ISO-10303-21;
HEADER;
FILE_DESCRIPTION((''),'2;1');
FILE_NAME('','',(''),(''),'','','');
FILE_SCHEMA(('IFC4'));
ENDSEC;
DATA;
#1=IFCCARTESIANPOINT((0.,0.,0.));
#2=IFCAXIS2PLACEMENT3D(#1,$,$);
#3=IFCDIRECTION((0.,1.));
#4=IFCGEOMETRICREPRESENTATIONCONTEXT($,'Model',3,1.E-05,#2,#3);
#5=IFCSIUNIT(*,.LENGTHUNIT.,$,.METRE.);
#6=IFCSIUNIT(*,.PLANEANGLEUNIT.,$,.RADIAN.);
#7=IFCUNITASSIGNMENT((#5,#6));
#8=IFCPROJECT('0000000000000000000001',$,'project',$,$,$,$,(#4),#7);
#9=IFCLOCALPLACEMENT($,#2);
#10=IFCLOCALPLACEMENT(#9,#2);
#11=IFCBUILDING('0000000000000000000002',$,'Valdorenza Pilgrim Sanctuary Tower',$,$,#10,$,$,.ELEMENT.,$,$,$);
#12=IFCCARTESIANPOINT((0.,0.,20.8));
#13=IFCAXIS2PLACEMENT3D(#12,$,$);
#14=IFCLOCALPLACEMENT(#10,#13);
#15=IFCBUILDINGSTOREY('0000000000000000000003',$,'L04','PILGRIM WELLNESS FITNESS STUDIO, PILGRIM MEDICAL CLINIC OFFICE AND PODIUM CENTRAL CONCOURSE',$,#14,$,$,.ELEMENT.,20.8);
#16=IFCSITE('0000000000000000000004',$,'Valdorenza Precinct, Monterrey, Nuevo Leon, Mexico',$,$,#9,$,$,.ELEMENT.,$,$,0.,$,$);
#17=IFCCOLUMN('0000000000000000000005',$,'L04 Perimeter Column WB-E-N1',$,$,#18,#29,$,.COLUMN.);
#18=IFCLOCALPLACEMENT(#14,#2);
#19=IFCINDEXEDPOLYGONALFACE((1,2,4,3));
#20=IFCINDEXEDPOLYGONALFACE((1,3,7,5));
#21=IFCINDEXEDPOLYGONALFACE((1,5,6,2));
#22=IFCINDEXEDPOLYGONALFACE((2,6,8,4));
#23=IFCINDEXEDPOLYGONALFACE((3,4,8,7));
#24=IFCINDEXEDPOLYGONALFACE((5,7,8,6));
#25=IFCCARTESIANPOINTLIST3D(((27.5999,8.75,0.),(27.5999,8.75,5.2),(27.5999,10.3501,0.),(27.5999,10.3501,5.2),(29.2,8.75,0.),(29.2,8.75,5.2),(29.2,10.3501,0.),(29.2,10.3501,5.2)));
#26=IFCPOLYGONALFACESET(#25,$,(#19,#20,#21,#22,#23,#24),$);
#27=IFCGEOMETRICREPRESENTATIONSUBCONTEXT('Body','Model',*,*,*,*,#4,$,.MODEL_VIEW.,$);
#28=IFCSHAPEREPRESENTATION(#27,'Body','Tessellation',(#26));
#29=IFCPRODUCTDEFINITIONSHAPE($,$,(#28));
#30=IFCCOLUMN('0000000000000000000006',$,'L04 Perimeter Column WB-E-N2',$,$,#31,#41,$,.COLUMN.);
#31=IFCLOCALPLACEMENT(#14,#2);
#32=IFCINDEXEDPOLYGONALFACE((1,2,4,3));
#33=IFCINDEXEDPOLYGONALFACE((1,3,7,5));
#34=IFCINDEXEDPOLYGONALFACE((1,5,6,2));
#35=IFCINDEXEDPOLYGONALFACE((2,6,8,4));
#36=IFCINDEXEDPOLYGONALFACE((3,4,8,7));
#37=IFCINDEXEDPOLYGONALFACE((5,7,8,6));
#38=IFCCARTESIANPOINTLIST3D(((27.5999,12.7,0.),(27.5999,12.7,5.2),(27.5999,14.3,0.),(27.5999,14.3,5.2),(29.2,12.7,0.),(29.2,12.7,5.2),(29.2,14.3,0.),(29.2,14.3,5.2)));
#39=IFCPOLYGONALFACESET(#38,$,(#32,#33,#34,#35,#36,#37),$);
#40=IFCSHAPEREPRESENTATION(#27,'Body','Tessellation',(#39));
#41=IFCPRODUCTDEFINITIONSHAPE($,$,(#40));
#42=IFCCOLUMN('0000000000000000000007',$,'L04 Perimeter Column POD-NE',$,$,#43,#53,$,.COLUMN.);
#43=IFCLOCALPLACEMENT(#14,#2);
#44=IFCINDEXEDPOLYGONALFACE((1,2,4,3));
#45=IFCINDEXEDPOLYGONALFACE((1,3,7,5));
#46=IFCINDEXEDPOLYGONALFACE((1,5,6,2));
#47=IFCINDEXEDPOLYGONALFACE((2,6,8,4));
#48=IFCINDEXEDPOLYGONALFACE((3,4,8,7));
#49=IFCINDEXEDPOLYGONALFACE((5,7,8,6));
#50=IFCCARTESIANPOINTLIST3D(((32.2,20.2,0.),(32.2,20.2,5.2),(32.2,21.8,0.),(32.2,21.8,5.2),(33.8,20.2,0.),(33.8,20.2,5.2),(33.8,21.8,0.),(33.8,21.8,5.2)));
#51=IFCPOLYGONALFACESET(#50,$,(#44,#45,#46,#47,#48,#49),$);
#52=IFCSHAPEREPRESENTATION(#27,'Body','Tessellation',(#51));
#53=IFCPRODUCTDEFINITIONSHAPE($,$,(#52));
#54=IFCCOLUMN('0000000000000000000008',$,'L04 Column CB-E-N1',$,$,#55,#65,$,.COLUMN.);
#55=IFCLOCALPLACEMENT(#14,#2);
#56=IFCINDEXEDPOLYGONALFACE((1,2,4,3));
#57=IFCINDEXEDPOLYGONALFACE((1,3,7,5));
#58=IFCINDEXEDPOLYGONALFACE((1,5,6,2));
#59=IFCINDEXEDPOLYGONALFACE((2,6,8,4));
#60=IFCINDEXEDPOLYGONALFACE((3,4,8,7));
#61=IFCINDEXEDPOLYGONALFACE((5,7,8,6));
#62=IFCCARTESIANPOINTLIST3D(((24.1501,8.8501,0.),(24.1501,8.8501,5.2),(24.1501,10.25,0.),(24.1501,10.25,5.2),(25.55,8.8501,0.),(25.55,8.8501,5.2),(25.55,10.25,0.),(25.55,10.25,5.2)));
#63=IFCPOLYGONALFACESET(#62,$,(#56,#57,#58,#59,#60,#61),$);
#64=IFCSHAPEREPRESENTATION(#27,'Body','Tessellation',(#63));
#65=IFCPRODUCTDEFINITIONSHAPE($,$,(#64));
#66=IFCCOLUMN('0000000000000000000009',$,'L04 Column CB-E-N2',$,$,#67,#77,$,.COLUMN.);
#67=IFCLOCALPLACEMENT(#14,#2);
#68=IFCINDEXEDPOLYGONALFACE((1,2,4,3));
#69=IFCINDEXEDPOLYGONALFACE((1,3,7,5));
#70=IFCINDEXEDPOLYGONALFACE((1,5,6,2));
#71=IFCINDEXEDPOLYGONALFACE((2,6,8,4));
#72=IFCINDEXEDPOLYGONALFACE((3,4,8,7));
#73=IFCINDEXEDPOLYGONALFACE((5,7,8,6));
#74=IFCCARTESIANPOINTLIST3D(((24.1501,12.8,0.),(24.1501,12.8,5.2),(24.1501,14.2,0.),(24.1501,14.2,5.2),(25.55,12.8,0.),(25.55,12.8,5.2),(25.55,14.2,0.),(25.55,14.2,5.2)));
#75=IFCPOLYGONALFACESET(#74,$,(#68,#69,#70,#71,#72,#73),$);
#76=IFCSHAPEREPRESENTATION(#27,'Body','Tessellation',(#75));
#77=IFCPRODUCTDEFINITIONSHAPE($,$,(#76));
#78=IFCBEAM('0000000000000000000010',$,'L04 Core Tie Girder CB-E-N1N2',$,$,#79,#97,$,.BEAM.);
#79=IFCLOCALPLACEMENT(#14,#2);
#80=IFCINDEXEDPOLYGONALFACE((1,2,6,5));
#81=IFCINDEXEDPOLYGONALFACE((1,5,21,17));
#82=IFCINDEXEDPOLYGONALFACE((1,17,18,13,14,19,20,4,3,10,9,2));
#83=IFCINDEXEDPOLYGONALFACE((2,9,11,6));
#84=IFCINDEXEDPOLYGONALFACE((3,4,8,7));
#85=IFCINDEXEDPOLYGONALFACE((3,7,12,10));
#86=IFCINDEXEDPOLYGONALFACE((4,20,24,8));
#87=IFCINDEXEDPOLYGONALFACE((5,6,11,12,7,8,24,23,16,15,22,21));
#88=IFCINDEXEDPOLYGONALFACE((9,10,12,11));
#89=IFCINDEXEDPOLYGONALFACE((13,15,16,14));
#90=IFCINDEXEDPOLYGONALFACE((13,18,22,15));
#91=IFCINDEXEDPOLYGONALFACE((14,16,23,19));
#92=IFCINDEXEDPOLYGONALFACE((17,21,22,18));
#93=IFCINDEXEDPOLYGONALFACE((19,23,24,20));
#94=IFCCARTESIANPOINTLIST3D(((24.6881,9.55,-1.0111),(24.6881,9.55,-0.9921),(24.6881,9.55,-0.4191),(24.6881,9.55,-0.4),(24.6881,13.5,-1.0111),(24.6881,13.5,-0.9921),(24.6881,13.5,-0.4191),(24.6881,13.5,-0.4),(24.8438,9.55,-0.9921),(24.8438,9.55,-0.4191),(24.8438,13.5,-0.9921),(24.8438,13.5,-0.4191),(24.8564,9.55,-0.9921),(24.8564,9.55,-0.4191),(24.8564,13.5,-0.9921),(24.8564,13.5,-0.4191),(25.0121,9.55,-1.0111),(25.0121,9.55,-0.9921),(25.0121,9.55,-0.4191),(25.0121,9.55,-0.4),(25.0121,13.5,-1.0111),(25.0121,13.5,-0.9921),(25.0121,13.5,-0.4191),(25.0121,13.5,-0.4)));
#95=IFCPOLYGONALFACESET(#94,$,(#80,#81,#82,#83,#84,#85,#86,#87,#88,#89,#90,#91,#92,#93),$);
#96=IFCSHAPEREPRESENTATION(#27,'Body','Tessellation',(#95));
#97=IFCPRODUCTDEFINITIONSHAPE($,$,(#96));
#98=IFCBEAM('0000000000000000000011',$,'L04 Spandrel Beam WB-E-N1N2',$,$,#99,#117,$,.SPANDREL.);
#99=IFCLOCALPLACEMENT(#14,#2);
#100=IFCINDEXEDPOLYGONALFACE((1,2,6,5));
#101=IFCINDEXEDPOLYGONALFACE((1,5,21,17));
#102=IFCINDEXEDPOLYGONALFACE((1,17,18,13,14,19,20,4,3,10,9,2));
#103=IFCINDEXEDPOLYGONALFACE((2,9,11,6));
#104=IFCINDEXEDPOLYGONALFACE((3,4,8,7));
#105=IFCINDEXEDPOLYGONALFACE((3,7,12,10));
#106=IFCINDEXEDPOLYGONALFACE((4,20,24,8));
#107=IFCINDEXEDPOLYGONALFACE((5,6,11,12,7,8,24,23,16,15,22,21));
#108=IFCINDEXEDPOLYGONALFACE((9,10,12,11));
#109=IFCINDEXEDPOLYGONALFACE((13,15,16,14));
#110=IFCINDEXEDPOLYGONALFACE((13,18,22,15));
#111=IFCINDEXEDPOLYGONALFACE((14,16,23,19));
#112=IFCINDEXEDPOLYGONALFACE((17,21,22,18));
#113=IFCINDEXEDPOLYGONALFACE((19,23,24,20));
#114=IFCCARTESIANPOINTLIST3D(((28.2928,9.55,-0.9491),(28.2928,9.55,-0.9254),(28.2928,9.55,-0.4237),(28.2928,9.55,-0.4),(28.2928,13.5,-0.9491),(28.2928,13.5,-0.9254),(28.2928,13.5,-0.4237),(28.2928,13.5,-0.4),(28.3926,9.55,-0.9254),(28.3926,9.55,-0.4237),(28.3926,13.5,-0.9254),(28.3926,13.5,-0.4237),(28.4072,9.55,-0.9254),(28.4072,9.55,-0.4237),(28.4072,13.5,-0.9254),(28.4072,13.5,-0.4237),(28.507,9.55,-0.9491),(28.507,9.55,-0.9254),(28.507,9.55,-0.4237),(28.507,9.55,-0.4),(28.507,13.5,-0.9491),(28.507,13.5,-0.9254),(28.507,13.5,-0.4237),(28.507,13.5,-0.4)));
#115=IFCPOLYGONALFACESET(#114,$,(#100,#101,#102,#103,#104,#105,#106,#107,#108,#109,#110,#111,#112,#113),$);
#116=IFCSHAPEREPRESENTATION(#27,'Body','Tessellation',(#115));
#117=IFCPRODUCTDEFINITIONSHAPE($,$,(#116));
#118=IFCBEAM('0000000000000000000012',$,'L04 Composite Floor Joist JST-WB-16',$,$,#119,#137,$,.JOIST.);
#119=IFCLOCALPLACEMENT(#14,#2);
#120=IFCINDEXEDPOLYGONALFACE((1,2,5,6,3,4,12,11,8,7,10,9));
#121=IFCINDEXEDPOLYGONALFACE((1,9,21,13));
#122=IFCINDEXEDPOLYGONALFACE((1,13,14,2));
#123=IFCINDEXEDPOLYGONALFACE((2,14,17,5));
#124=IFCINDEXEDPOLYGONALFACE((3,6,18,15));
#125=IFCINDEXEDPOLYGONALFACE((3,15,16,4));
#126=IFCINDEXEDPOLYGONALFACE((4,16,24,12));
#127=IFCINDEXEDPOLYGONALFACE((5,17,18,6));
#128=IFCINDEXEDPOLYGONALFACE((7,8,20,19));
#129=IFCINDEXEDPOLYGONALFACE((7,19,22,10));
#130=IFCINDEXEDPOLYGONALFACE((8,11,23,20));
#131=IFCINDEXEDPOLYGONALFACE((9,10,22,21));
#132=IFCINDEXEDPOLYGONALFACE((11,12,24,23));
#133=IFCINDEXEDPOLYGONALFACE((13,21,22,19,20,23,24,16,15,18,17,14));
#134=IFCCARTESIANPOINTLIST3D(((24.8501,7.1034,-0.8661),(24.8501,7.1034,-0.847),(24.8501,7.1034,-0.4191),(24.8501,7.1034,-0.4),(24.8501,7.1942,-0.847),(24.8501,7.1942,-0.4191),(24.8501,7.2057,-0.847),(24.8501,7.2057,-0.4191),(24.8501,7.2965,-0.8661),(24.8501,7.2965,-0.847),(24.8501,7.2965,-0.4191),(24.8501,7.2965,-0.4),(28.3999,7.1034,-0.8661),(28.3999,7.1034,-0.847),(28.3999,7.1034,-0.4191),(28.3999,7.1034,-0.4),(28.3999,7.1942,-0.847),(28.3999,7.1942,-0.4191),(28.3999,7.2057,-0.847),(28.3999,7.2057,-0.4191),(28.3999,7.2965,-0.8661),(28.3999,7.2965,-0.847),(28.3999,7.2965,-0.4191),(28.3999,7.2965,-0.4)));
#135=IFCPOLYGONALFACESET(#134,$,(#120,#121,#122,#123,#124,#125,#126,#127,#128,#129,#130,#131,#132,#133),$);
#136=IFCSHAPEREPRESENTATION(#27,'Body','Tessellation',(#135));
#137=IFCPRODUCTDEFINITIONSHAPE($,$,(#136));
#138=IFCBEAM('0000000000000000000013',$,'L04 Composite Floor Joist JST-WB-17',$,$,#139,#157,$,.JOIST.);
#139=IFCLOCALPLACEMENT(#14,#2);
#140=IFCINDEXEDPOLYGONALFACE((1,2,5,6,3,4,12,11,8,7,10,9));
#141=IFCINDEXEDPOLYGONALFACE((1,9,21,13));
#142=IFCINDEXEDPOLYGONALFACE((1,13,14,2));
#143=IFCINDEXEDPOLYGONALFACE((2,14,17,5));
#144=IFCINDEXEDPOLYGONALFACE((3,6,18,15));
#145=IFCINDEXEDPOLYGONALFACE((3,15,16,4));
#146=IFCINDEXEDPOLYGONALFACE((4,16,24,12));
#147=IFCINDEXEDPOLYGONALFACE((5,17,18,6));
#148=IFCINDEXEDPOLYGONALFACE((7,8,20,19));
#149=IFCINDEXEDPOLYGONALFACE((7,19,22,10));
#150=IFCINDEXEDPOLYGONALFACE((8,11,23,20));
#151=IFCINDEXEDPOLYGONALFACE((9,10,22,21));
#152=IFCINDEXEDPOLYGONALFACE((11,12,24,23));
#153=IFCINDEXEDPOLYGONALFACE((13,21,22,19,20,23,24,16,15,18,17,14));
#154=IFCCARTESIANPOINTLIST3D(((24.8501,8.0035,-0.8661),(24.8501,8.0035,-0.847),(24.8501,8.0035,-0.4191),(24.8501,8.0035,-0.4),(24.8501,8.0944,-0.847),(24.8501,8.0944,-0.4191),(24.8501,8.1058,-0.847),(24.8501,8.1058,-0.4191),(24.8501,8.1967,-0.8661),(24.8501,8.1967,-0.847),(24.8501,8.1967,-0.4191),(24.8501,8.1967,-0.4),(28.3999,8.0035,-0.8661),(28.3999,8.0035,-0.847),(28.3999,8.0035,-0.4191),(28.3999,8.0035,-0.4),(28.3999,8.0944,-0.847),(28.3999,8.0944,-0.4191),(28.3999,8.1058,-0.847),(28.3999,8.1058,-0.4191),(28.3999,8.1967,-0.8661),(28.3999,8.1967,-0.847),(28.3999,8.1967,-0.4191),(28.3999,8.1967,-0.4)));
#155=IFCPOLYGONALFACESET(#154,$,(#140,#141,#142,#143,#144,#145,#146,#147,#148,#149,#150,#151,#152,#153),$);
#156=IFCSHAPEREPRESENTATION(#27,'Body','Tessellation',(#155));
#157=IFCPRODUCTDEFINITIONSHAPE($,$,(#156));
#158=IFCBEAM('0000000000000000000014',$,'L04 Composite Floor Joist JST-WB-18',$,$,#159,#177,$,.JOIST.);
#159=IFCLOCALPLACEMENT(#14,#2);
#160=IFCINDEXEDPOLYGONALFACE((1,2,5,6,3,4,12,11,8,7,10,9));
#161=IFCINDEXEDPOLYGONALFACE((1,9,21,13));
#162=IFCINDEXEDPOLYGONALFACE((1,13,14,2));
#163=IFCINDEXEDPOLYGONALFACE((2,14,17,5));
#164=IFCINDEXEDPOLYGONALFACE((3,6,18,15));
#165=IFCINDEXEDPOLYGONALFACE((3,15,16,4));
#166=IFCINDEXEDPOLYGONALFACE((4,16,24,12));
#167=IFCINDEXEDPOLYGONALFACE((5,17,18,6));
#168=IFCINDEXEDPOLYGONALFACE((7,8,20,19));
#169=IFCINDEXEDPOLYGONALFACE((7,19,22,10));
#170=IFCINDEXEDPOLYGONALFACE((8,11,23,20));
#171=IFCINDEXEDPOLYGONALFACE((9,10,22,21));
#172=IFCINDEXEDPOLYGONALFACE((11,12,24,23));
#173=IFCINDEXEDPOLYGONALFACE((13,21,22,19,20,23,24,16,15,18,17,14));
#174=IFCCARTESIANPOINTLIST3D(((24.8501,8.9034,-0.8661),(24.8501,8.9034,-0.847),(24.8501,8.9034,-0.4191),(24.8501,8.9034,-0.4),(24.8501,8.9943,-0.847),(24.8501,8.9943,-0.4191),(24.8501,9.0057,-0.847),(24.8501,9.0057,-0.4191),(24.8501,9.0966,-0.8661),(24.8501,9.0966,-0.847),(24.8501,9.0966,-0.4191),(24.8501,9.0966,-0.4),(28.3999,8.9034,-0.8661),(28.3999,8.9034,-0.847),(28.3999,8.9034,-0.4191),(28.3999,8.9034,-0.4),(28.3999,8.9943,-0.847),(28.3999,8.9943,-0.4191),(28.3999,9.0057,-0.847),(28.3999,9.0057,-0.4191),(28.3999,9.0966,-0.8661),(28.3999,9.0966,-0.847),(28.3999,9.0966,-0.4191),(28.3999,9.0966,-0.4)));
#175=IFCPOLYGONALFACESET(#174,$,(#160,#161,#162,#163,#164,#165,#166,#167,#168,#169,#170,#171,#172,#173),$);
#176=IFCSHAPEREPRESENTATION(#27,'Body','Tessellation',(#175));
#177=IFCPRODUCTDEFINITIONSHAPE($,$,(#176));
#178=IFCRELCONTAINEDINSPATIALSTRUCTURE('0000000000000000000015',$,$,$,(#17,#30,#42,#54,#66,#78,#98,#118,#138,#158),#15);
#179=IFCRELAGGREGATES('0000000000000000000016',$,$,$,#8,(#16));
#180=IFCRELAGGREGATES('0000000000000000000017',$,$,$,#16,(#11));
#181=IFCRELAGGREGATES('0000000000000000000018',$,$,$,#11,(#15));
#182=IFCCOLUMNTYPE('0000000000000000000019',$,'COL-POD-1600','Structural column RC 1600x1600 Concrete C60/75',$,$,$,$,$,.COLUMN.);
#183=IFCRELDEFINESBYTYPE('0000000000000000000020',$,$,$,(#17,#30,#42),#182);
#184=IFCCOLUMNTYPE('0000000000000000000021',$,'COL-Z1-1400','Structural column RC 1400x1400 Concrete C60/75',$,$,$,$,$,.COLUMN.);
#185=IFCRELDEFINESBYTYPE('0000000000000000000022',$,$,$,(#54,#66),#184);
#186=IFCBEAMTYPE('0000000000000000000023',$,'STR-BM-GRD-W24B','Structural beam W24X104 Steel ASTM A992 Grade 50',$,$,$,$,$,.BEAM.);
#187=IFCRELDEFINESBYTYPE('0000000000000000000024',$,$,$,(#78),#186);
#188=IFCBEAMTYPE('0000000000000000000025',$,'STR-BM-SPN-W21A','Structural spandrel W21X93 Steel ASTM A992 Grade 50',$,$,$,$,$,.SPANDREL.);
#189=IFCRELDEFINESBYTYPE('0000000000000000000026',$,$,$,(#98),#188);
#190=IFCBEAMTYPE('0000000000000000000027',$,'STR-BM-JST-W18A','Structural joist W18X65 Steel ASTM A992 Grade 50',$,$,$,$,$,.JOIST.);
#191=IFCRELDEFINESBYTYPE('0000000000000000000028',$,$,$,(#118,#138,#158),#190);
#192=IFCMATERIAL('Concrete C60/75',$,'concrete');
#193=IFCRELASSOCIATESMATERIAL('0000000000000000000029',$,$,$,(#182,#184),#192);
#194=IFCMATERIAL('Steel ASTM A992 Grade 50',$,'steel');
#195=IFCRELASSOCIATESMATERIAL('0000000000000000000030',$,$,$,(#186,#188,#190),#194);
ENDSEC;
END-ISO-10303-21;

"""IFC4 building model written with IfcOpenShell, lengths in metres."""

from ifc_helpers import new_model, si_unit, direction, frame, origin, origin_2d, place, context, subcontext, project, spatial, rectangle, i_section, extrude, source, transform, mapped, material, material_profile, profile_set, type_object, element, save


model = new_model("IFC4")

# Units and contexts
model_context = context("Model", 3, precision=1e-05, world=origin(), true_north=direction((0.0, 1.0)))
body_context = subcontext(model_context, "Body", "Model", "MODEL_VIEW")
ifc_project = project(units=[si_unit("LENGTHUNIT", "METRE"), si_unit("PLANEANGLEUNIT", "RADIAN")], contexts=[model_context])

# Site, building, storey
site_placement = place(None, origin())
site = spatial("IfcSite", under=ifc_project, at=site_placement, Name="Valdorenza Precinct, Monterrey, Nuevo Leon, Mexico", CompositionType="ELEMENT", RefElevation=0.0)
building_placement = place(site_placement, origin())
building = spatial("IfcBuilding", under=site, at=building_placement, Name="Valdorenza Pilgrim Sanctuary Tower", CompositionType="ELEMENT")
storey_placement = place(building_placement, frame((0.0, 0.0, 20.8)))
storey = spatial("IfcBuildingStorey", under=building, at=storey_placement, Name="L04", Description="PILGRIM WELLNESS FITNESS STUDIO, PILGRIM MEDICAL CLINIC OFFICE AND PODIUM CENTRAL CONCOURSE", CompositionType="ELEMENT", Elevation=20.8)

# Columns
ifc_material_1 = material(Name="Concrete C60/75", Category="concrete")
ifc_material_profile_1 = material_profile(ifc_material_1, rectangle(XDim=1.6001, YDim=1.6001, at=origin_2d()), Name="RC 1600x1600")
ifc_profile_set_1 = profile_set([ifc_material_profile_1], Name="Concrete C60/75")
column_type_1 = type_object("IfcColumnType", Name="COL-POD-1600", Description="Structural column RC 1600x1600 Concrete C60/75", PredefinedType="COLUMN", material=ifc_profile_set_1)
shared_shape_1 = source(origin(), body_context, "Body", "SweptSolid", [
    extrude(rectangle(XDim=1.6001, YDim=1.6001, at=origin_2d()), origin(), (0.0, 0.0, 1.0), 5.2),
])
for number, where, z_axis, x_axis, name in (
    (1, (28.3999, 9.55, 0.0), (0.0, 0.0, 1.0), (1.0, 0.0, 0.0), "L04 Perimeter Column WB-E-N1"),
    (2, (28.3999, 13.5, 0.0), (0.0, 0.0, 1.0), (1.0, 0.0, 0.0), "L04 Perimeter Column WB-E-N2"),
    (3, (33.0, 21.0, 0.0), (0.0, 0.0, 1.0), (1.0, 0.0, 0.0), "L04 Perimeter Column POD-NE"),
):
    element("IfcColumn", number, at=place(storey_placement, frame(where, z_axis=z_axis, x_axis=x_axis)), inside=storey, type_object=column_type_1, Name=name, PredefinedType="COLUMN", context=body_context, shape_type="MappedRepresentation", body=[
        mapped(shared_shape_1, transform((0.0, 0.0, 0.0), x_axis=(1.0, 0.0, 0.0), y_axis=(0.0, 1.0, 0.0), z_axis=(0.0, 0.0, 1.0), scale=1.0)),
    ])
ifc_material_profile_2 = material_profile(ifc_material_1, rectangle(XDim=1.3999, YDim=1.3999, at=origin_2d()), Name="RC 1400x1400")
ifc_profile_set_2 = profile_set([ifc_material_profile_2], Name="Concrete C60/75")
column_type_2 = type_object("IfcColumnType", Name="COL-Z1-1400", Description="Structural column RC 1400x1400 Concrete C60/75", PredefinedType="COLUMN", material=ifc_profile_set_2)
shared_shape_2 = source(origin(), body_context, "Body", "SweptSolid", [
    extrude(rectangle(XDim=1.3999, YDim=1.3999, at=origin_2d()), origin(), (0.0, 0.0, 1.0), 5.2),
])
for number, where, z_axis, x_axis, name in (
    (4, (24.8501, 9.55, 0.0), (0.0, 0.0, 1.0), (1.0, 0.0, 0.0), "L04 Column CB-E-N1"),
    (5, (24.8501, 13.5, 0.0), (0.0, 0.0, 1.0), (1.0, 0.0, 0.0), "L04 Column CB-E-N2"),
):
    element("IfcColumn", number, at=place(storey_placement, frame(where, z_axis=z_axis, x_axis=x_axis)), inside=storey, type_object=column_type_2, Name=name, PredefinedType="COLUMN", context=body_context, shape_type="MappedRepresentation", body=[
        mapped(shared_shape_2, transform((0.0, 0.0, 0.0), x_axis=(1.0, 0.0, 0.0), y_axis=(0.0, 1.0, 0.0), z_axis=(0.0, 0.0, 1.0), scale=1.0)),
    ])

# Beams
ifc_material_2 = material(Name="Steel ASTM A992 Grade 50", Category="steel")
ifc_material_profile_3 = material_profile(ifc_material_2, i_section(OverallWidth=0.324, OverallDepth=0.6111, WebThickness=0.0127, FlangeThickness=0.019, at=origin_2d()), Name="W24X104")
ifc_profile_set_3 = profile_set([ifc_material_profile_3], Name="Steel ASTM A992 Grade 50")
beam_type_1 = type_object("IfcBeamType", Name="STR-BM-GRD-W24B", Description="Structural beam W24X104 Steel ASTM A992 Grade 50", PredefinedType="BEAM", material=ifc_profile_set_3)
shared_shape_3 = source(origin(), body_context, "Body", "SweptSolid", [
    extrude(i_section(OverallWidth=0.324, OverallDepth=0.6111, WebThickness=0.0127, FlangeThickness=0.019, at=origin_2d()), origin(), (0.0, 0.0, 1.0), 3.95),
])
beam_1_placement = place(storey_placement, frame((24.8501, 9.55, -0.7056), z_axis=(0.0, 1.0, 0.0), x_axis=(-1.0, 0.0, 0.0)))
element("IfcBeam", 6, at=beam_1_placement, inside=storey, type_object=beam_type_1, Name="L04 Core Tie Girder CB-E-N1N2", PredefinedType="BEAM", context=body_context, shape_type="MappedRepresentation", body=[
    mapped(shared_shape_3, transform((0.0, 0.0, 0.0), x_axis=(1.0, 0.0, 0.0), y_axis=(0.0, 1.0, 0.0), z_axis=(0.0, 0.0, 1.0), scale=1.0)),
])
ifc_material_profile_4 = material_profile(ifc_material_2, i_section(OverallWidth=0.2141, OverallDepth=0.5491, WebThickness=0.0146, FlangeThickness=0.0237, at=origin_2d()), Name="W21X93")
ifc_profile_set_4 = profile_set([ifc_material_profile_4], Name="Steel ASTM A992 Grade 50")
beam_type_2 = type_object("IfcBeamType", Name="STR-BM-SPN-W21A", Description="Structural spandrel W21X93 Steel ASTM A992 Grade 50", PredefinedType="SPANDREL", material=ifc_profile_set_4)
shared_shape_4 = source(origin(), body_context, "Body", "SweptSolid", [
    extrude(i_section(OverallWidth=0.2141, OverallDepth=0.5491, WebThickness=0.0146, FlangeThickness=0.0237, at=origin_2d()), origin(), (0.0, 0.0, 1.0), 3.95),
])
beam_2_placement = place(storey_placement, frame((28.3999, 9.55, -0.6746), z_axis=(0.0, 1.0, 0.0), x_axis=(-1.0, 0.0, 0.0)))
element("IfcBeam", 7, at=beam_2_placement, inside=storey, type_object=beam_type_2, Name="L04 Spandrel Beam WB-E-N1N2", PredefinedType="SPANDREL", context=body_context, shape_type="MappedRepresentation", body=[
    mapped(shared_shape_4, transform((0.0, 0.0, 0.0), x_axis=(1.0, 0.0, 0.0), y_axis=(0.0, 1.0, 0.0), z_axis=(0.0, 0.0, 1.0), scale=1.0)),
])
ifc_material_profile_5 = material_profile(ifc_material_2, i_section(OverallWidth=0.1931, OverallDepth=0.4661, WebThickness=0.0115, FlangeThickness=0.019, at=origin_2d()), Name="W18X65")
ifc_profile_set_5 = profile_set([ifc_material_profile_5], Name="Steel ASTM A992 Grade 50")
beam_type_3 = type_object("IfcBeamType", Name="STR-BM-JST-W18A", Description="Structural joist W18X65 Steel ASTM A992 Grade 50", PredefinedType="JOIST", material=ifc_profile_set_5)
shared_shape_5 = source(origin(), body_context, "Body", "SweptSolid", [
    extrude(i_section(OverallWidth=0.1931, OverallDepth=0.4661, WebThickness=0.0115, FlangeThickness=0.019, at=origin_2d()), origin(), (0.0, 0.0, 1.0), 3.5498),
])
for number, where, z_axis, x_axis, name in (
    (8, (24.8501, 7.2, -0.6331), (1.0, 0.0, 0.0), (0.0, 1.0, 0.0), "L04 Composite Floor Joist JST-WB-16"),
    (9, (24.8501, 8.1001, -0.6331), (1.0, 0.0, 0.0), (0.0, 1.0, 0.0), "L04 Composite Floor Joist JST-WB-17"),
    (10, (24.8501, 9.0, -0.6331), (1.0, 0.0, 0.0), (0.0, 1.0, 0.0), "L04 Composite Floor Joist JST-WB-18"),
):
    element("IfcBeam", number, at=place(storey_placement, frame(where, z_axis=z_axis, x_axis=x_axis)), inside=storey, type_object=beam_type_3, Name=name, PredefinedType="JOIST", context=body_context, shape_type="MappedRepresentation", body=[
        mapped(shared_shape_5, transform((0.0, 0.0, 0.0), x_axis=(1.0, 0.0, 0.0), y_axis=(0.0, 1.0, 0.0), z_axis=(0.0, 0.0, 1.0), scale=1.0)),
    ])

save(model, "model.ifc")
